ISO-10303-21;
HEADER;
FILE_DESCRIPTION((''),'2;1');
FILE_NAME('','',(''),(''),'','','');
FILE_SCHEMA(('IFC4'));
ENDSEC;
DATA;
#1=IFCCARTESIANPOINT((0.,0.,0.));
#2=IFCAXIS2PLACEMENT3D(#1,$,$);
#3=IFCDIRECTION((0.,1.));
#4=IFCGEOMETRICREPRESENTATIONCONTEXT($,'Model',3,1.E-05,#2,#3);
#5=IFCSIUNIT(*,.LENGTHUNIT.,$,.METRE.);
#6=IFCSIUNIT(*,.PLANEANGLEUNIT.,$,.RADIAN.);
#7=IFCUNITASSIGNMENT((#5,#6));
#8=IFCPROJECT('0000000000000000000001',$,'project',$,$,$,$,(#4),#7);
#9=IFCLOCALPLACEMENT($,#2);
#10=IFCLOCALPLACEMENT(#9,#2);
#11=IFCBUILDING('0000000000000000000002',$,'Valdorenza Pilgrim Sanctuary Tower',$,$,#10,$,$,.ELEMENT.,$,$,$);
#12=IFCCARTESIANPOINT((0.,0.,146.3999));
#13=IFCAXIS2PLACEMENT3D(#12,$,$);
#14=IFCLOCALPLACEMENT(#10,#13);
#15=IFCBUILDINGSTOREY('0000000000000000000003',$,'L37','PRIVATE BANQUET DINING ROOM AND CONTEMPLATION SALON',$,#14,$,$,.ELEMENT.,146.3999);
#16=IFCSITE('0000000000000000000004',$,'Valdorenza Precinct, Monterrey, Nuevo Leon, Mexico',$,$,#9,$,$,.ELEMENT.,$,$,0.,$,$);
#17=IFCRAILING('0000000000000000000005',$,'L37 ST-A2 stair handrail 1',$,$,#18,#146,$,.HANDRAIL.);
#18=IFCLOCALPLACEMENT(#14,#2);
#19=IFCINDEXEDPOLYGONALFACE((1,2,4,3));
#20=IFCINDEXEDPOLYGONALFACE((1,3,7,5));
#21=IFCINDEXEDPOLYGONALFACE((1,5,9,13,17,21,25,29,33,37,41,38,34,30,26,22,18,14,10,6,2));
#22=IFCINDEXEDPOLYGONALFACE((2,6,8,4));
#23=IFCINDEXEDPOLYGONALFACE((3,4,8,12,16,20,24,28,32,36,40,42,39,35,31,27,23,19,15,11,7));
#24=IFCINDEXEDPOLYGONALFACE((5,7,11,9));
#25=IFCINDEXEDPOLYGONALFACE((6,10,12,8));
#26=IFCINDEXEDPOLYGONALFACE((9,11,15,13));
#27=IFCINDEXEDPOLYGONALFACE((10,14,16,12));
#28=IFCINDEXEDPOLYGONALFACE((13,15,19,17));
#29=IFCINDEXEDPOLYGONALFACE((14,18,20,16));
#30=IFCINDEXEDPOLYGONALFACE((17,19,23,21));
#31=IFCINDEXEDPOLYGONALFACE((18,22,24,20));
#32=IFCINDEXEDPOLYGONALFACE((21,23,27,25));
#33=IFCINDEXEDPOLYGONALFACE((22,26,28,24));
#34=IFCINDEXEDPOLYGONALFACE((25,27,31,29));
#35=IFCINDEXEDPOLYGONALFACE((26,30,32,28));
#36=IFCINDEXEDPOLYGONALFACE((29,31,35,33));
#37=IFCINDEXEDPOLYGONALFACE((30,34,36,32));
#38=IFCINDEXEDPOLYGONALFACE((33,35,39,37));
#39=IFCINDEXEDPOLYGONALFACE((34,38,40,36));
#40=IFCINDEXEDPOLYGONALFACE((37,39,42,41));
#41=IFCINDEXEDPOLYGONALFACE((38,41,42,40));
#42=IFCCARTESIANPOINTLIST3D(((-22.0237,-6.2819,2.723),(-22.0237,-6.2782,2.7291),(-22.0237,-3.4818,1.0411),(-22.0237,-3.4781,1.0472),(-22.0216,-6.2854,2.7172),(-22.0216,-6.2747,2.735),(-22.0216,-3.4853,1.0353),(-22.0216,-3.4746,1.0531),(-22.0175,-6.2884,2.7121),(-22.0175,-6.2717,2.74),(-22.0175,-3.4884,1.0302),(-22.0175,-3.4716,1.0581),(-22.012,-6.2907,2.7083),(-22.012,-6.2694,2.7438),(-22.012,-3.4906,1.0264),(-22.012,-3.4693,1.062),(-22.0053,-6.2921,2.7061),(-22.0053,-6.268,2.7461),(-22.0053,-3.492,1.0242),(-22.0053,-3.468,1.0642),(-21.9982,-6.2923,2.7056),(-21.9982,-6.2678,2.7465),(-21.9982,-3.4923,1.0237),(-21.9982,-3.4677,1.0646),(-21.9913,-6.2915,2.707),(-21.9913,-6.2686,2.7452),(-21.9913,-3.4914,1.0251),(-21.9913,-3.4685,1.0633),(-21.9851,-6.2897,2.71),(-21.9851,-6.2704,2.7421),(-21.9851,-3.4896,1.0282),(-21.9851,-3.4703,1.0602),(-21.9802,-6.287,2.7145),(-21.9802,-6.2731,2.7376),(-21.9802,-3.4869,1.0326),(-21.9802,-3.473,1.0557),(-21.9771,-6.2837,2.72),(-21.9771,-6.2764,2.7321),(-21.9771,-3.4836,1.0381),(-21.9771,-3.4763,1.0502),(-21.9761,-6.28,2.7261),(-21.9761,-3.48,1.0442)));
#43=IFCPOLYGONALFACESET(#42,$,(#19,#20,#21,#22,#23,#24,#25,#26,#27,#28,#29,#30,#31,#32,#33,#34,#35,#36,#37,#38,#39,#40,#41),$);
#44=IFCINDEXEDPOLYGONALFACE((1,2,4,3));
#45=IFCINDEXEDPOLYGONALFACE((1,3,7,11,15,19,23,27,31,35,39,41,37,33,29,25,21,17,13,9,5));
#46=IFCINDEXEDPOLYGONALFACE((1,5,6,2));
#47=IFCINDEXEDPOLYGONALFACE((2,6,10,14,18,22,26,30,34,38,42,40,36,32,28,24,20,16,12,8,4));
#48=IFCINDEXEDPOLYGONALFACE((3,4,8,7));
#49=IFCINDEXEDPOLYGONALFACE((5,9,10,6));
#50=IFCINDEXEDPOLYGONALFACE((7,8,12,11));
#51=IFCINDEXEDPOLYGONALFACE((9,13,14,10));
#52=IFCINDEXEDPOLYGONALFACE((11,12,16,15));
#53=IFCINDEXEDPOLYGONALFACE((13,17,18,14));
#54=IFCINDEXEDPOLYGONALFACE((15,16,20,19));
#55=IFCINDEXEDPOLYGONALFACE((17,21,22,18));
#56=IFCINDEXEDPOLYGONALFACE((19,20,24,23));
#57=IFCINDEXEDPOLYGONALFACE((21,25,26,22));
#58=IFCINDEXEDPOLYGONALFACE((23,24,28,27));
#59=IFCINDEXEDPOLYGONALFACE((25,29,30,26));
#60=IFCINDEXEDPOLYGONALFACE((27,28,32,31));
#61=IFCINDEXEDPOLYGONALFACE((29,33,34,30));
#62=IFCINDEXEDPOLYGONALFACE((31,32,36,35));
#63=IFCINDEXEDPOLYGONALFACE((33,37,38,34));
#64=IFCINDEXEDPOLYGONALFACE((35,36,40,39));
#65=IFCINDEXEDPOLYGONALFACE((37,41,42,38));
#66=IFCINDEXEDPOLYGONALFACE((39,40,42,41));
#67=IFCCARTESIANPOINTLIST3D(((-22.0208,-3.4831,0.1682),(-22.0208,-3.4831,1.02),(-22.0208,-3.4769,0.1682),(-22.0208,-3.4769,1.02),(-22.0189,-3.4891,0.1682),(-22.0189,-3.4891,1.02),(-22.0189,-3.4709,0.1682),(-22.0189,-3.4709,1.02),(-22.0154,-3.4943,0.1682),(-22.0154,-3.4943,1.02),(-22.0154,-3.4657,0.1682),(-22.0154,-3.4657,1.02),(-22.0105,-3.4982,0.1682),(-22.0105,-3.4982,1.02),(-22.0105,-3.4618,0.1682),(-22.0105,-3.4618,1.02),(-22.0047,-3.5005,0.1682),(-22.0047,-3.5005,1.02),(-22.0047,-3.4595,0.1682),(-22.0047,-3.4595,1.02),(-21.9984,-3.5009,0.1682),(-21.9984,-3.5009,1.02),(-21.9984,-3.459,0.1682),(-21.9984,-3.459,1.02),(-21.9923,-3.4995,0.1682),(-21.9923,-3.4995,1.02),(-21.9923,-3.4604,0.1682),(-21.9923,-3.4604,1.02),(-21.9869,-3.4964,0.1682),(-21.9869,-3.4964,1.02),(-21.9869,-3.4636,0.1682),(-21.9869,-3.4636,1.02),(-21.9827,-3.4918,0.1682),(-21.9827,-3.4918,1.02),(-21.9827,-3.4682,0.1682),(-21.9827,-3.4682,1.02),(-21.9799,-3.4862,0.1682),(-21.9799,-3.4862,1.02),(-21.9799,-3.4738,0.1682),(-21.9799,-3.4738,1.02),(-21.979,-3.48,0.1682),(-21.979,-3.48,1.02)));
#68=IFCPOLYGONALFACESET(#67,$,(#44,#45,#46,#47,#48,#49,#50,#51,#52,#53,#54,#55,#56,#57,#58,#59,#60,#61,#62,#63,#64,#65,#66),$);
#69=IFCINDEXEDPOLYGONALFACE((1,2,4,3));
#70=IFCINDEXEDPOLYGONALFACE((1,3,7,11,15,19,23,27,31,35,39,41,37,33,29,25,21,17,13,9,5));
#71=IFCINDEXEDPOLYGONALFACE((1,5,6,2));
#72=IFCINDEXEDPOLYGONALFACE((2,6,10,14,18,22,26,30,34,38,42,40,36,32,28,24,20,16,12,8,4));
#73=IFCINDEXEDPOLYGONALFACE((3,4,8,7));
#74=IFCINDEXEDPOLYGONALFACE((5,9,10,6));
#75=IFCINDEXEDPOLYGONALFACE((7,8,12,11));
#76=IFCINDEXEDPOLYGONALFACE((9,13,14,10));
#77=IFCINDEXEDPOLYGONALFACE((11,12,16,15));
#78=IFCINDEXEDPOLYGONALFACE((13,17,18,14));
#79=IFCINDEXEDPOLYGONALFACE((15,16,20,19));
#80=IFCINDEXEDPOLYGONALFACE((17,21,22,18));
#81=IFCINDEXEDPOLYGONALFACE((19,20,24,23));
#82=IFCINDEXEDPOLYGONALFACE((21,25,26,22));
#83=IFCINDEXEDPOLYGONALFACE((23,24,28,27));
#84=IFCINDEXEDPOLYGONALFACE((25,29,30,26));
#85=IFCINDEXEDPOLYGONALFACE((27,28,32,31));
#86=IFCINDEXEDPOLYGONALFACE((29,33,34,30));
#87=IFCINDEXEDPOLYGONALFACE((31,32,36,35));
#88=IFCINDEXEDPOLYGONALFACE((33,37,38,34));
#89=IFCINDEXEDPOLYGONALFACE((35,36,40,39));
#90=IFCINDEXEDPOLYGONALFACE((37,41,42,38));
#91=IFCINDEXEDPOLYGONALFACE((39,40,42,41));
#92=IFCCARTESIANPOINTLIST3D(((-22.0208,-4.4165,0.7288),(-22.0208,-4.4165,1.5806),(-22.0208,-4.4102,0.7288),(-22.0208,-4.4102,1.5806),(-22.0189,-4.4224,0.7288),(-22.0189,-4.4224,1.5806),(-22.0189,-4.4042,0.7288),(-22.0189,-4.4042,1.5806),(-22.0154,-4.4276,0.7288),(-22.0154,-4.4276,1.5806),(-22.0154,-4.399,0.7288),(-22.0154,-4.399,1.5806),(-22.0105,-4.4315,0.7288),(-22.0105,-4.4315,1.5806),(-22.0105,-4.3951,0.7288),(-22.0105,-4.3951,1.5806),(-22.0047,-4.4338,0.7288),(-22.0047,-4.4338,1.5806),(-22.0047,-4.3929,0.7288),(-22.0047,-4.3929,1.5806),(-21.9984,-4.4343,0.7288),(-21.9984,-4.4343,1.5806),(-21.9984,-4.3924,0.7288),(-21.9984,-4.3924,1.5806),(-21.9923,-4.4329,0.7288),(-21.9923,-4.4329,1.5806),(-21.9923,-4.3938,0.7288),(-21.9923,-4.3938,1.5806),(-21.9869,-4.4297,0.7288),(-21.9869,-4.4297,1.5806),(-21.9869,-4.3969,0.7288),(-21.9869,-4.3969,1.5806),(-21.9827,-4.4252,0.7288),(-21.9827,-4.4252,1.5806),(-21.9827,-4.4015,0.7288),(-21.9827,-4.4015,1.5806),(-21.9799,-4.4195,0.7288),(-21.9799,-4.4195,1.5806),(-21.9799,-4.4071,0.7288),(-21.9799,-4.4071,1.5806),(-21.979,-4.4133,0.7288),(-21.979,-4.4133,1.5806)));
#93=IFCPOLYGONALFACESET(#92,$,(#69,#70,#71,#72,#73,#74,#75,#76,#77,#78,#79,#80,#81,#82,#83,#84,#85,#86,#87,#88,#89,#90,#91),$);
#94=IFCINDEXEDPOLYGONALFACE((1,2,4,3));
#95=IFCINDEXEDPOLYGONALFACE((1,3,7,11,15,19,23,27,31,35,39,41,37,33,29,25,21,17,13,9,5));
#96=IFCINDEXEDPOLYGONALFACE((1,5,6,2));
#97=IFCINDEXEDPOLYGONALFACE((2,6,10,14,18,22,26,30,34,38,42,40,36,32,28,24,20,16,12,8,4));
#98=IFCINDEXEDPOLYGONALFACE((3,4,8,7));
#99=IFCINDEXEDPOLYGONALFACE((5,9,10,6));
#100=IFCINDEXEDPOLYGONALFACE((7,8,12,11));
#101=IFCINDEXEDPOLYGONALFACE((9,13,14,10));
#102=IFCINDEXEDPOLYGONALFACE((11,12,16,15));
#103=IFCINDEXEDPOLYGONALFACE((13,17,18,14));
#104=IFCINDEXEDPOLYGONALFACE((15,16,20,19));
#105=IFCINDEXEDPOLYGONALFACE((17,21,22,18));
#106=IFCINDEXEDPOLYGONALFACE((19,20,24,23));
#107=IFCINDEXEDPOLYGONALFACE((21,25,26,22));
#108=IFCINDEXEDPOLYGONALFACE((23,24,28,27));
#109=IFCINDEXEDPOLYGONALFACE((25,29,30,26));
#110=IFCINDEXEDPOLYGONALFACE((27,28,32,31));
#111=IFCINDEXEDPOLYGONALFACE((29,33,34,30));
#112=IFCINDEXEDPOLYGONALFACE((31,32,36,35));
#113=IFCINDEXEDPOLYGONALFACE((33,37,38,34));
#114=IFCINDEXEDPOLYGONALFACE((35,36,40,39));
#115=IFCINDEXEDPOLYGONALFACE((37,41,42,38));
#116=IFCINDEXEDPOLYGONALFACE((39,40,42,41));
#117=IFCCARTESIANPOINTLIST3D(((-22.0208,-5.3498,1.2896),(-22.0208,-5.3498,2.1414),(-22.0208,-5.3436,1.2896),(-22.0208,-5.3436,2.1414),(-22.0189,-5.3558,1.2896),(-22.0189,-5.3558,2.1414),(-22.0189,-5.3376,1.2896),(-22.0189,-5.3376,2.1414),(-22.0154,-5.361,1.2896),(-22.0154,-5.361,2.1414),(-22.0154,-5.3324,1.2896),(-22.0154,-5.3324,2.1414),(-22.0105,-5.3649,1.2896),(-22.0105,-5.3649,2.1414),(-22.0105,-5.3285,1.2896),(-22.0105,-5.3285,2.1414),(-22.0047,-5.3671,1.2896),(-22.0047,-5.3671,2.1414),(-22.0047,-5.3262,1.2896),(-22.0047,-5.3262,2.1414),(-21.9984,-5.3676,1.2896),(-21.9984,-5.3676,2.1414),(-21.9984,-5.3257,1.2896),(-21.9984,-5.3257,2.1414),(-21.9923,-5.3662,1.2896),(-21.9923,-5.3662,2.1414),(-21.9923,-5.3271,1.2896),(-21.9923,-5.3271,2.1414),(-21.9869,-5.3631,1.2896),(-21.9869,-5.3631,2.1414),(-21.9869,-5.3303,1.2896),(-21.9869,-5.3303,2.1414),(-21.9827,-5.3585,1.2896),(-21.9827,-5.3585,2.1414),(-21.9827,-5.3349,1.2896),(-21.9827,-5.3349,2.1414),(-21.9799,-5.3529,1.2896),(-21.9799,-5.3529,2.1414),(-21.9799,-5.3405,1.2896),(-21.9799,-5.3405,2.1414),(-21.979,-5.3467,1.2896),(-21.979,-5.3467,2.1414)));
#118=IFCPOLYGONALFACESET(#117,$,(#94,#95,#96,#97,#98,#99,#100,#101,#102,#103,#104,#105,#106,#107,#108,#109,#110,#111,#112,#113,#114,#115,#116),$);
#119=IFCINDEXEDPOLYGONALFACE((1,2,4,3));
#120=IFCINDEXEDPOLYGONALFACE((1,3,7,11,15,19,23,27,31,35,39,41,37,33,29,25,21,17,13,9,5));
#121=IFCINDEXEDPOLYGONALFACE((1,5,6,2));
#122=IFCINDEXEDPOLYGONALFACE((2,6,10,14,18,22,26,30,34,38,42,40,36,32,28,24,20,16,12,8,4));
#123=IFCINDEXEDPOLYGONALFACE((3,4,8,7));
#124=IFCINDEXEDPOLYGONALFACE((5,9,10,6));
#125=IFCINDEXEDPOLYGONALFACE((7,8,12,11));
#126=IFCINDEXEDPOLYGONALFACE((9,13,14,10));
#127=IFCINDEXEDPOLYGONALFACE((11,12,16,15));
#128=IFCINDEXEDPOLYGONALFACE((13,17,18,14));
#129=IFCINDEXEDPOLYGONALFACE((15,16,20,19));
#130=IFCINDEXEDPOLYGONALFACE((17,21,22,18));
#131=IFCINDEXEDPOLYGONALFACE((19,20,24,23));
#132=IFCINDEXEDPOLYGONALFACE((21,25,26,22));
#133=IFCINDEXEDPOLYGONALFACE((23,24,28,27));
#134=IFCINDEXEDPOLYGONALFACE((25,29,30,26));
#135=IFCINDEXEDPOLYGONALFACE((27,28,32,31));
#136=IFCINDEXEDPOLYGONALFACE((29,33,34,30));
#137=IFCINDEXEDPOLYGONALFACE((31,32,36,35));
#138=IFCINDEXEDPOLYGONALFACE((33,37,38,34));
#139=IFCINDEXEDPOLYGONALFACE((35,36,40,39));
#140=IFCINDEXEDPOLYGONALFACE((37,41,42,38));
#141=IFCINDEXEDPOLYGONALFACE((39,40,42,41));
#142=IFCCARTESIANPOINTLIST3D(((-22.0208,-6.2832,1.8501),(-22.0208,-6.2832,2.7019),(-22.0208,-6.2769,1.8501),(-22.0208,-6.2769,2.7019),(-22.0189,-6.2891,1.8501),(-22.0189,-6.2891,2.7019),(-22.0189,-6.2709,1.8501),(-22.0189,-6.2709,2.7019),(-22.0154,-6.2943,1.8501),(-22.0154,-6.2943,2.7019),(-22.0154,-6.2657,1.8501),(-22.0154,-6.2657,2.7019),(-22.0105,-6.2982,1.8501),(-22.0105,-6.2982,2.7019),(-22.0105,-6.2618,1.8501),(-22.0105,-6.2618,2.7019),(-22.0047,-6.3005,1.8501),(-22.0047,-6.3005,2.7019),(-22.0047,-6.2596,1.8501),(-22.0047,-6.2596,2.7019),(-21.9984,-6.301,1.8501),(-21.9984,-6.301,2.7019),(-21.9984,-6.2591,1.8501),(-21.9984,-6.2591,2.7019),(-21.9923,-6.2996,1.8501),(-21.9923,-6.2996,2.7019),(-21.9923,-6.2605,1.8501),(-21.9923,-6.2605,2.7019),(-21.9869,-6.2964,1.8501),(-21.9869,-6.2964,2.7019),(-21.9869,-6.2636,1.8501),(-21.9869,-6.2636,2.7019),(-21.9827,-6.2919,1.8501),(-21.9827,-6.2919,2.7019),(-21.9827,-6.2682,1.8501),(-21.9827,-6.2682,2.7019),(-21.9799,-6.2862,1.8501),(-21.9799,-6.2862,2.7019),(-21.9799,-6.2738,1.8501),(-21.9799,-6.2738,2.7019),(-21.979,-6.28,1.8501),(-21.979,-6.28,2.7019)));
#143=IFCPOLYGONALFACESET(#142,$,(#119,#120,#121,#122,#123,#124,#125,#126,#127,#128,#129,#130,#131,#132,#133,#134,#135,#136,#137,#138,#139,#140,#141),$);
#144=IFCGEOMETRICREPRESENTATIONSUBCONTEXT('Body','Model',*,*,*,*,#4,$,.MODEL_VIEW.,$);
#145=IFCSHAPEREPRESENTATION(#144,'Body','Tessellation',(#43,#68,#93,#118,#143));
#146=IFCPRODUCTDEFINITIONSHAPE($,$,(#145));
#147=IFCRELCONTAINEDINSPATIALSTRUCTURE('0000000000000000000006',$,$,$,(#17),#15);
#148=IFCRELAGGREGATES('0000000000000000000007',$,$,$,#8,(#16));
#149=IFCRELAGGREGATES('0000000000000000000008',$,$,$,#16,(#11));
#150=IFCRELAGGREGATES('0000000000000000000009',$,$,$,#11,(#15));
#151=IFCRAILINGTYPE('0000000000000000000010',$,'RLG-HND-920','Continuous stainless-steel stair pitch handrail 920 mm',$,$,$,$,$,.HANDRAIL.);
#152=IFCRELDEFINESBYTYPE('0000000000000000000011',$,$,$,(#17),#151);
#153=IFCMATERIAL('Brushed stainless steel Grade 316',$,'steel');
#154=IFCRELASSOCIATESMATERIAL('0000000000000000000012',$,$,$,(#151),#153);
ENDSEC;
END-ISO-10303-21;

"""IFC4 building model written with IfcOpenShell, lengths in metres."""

from ifc_helpers import new_model, si_unit, direction, frame, origin, origin_2d, place, context, subcontext, project, spatial, circle, extrude, material, type_object, element, save


model = new_model("IFC4")

# Units and contexts
model_context = context("Model", 3, precision=1e-05, world=origin(), true_north=direction((0.0, 1.0)))
body_context = subcontext(model_context, "Body", "Model", "MODEL_VIEW")
ifc_project = project(units=[si_unit("LENGTHUNIT", "METRE"), si_unit("PLANEANGLEUNIT", "RADIAN")], contexts=[model_context])

# Site, building, storey
site_placement = place(None, origin())
site = spatial("IfcSite", under=ifc_project, at=site_placement, Name="Valdorenza Precinct, Monterrey, Nuevo Leon, Mexico", CompositionType="ELEMENT", RefElevation=0.0)
building_placement = place(site_placement, origin())
building = spatial("IfcBuilding", under=site, at=building_placement, Name="Valdorenza Pilgrim Sanctuary Tower", CompositionType="ELEMENT")
storey_placement = place(building_placement, frame((0.0, 0.0, 146.3999)))
storey = spatial("IfcBuildingStorey", under=building, at=storey_placement, Name="L37", Description="PRIVATE BANQUET DINING ROOM AND CONTEMPLATION SALON", CompositionType="ELEMENT", Elevation=146.3999)

# Shared definitions
ifc_material_1 = material(Name="Brushed stainless steel Grade 316", Category="steel")

# Railing
railing_type_1 = type_object("IfcRailingType", Name="RLG-HND-920", Description="Continuous stainless-steel stair pitch handrail 920 mm", PredefinedType="HANDRAIL", material=ifc_material_1)
railing_1_placement = place(storey_placement, frame((-22.0, -3.48, 0.1682)))
element("IfcRailing", 1, at=railing_1_placement, inside=storey, type_object=railing_type_1, Name="L37 ST-A2 stair handrail 1", PredefinedType="HANDRAIL", context=body_context, shape_type="SweptSolid", body=[
    extrude(circle(Radius=0.0239, at=origin_2d()), frame((0.0, 0.0, 0.876), z_axis=(0.0, -0.857242, 0.514913), x_axis=(1.0, 0.0, 0.0)), (0.0, 0.0, 1.0), 3.2664),
    extrude(circle(Radius=0.021, at=origin_2d()), origin(), (0.0, 0.0, 1.0), 0.8518),
    extrude(circle(Radius=0.021, at=origin_2d()), frame((0.0, -0.9333, 0.5605)), (0.0, 0.0, 1.0), 0.8518),
    extrude(circle(Radius=0.021, at=origin_2d()), frame((0.0, -1.8667, 1.1213)), (0.0, 0.0, 1.0), 0.8518),
    extrude(circle(Radius=0.021, at=origin_2d()), frame((0.0, -2.8, 1.6819)), (0.0, 0.0, 1.0), 0.8518),
])

save(model, "model.ifc")
